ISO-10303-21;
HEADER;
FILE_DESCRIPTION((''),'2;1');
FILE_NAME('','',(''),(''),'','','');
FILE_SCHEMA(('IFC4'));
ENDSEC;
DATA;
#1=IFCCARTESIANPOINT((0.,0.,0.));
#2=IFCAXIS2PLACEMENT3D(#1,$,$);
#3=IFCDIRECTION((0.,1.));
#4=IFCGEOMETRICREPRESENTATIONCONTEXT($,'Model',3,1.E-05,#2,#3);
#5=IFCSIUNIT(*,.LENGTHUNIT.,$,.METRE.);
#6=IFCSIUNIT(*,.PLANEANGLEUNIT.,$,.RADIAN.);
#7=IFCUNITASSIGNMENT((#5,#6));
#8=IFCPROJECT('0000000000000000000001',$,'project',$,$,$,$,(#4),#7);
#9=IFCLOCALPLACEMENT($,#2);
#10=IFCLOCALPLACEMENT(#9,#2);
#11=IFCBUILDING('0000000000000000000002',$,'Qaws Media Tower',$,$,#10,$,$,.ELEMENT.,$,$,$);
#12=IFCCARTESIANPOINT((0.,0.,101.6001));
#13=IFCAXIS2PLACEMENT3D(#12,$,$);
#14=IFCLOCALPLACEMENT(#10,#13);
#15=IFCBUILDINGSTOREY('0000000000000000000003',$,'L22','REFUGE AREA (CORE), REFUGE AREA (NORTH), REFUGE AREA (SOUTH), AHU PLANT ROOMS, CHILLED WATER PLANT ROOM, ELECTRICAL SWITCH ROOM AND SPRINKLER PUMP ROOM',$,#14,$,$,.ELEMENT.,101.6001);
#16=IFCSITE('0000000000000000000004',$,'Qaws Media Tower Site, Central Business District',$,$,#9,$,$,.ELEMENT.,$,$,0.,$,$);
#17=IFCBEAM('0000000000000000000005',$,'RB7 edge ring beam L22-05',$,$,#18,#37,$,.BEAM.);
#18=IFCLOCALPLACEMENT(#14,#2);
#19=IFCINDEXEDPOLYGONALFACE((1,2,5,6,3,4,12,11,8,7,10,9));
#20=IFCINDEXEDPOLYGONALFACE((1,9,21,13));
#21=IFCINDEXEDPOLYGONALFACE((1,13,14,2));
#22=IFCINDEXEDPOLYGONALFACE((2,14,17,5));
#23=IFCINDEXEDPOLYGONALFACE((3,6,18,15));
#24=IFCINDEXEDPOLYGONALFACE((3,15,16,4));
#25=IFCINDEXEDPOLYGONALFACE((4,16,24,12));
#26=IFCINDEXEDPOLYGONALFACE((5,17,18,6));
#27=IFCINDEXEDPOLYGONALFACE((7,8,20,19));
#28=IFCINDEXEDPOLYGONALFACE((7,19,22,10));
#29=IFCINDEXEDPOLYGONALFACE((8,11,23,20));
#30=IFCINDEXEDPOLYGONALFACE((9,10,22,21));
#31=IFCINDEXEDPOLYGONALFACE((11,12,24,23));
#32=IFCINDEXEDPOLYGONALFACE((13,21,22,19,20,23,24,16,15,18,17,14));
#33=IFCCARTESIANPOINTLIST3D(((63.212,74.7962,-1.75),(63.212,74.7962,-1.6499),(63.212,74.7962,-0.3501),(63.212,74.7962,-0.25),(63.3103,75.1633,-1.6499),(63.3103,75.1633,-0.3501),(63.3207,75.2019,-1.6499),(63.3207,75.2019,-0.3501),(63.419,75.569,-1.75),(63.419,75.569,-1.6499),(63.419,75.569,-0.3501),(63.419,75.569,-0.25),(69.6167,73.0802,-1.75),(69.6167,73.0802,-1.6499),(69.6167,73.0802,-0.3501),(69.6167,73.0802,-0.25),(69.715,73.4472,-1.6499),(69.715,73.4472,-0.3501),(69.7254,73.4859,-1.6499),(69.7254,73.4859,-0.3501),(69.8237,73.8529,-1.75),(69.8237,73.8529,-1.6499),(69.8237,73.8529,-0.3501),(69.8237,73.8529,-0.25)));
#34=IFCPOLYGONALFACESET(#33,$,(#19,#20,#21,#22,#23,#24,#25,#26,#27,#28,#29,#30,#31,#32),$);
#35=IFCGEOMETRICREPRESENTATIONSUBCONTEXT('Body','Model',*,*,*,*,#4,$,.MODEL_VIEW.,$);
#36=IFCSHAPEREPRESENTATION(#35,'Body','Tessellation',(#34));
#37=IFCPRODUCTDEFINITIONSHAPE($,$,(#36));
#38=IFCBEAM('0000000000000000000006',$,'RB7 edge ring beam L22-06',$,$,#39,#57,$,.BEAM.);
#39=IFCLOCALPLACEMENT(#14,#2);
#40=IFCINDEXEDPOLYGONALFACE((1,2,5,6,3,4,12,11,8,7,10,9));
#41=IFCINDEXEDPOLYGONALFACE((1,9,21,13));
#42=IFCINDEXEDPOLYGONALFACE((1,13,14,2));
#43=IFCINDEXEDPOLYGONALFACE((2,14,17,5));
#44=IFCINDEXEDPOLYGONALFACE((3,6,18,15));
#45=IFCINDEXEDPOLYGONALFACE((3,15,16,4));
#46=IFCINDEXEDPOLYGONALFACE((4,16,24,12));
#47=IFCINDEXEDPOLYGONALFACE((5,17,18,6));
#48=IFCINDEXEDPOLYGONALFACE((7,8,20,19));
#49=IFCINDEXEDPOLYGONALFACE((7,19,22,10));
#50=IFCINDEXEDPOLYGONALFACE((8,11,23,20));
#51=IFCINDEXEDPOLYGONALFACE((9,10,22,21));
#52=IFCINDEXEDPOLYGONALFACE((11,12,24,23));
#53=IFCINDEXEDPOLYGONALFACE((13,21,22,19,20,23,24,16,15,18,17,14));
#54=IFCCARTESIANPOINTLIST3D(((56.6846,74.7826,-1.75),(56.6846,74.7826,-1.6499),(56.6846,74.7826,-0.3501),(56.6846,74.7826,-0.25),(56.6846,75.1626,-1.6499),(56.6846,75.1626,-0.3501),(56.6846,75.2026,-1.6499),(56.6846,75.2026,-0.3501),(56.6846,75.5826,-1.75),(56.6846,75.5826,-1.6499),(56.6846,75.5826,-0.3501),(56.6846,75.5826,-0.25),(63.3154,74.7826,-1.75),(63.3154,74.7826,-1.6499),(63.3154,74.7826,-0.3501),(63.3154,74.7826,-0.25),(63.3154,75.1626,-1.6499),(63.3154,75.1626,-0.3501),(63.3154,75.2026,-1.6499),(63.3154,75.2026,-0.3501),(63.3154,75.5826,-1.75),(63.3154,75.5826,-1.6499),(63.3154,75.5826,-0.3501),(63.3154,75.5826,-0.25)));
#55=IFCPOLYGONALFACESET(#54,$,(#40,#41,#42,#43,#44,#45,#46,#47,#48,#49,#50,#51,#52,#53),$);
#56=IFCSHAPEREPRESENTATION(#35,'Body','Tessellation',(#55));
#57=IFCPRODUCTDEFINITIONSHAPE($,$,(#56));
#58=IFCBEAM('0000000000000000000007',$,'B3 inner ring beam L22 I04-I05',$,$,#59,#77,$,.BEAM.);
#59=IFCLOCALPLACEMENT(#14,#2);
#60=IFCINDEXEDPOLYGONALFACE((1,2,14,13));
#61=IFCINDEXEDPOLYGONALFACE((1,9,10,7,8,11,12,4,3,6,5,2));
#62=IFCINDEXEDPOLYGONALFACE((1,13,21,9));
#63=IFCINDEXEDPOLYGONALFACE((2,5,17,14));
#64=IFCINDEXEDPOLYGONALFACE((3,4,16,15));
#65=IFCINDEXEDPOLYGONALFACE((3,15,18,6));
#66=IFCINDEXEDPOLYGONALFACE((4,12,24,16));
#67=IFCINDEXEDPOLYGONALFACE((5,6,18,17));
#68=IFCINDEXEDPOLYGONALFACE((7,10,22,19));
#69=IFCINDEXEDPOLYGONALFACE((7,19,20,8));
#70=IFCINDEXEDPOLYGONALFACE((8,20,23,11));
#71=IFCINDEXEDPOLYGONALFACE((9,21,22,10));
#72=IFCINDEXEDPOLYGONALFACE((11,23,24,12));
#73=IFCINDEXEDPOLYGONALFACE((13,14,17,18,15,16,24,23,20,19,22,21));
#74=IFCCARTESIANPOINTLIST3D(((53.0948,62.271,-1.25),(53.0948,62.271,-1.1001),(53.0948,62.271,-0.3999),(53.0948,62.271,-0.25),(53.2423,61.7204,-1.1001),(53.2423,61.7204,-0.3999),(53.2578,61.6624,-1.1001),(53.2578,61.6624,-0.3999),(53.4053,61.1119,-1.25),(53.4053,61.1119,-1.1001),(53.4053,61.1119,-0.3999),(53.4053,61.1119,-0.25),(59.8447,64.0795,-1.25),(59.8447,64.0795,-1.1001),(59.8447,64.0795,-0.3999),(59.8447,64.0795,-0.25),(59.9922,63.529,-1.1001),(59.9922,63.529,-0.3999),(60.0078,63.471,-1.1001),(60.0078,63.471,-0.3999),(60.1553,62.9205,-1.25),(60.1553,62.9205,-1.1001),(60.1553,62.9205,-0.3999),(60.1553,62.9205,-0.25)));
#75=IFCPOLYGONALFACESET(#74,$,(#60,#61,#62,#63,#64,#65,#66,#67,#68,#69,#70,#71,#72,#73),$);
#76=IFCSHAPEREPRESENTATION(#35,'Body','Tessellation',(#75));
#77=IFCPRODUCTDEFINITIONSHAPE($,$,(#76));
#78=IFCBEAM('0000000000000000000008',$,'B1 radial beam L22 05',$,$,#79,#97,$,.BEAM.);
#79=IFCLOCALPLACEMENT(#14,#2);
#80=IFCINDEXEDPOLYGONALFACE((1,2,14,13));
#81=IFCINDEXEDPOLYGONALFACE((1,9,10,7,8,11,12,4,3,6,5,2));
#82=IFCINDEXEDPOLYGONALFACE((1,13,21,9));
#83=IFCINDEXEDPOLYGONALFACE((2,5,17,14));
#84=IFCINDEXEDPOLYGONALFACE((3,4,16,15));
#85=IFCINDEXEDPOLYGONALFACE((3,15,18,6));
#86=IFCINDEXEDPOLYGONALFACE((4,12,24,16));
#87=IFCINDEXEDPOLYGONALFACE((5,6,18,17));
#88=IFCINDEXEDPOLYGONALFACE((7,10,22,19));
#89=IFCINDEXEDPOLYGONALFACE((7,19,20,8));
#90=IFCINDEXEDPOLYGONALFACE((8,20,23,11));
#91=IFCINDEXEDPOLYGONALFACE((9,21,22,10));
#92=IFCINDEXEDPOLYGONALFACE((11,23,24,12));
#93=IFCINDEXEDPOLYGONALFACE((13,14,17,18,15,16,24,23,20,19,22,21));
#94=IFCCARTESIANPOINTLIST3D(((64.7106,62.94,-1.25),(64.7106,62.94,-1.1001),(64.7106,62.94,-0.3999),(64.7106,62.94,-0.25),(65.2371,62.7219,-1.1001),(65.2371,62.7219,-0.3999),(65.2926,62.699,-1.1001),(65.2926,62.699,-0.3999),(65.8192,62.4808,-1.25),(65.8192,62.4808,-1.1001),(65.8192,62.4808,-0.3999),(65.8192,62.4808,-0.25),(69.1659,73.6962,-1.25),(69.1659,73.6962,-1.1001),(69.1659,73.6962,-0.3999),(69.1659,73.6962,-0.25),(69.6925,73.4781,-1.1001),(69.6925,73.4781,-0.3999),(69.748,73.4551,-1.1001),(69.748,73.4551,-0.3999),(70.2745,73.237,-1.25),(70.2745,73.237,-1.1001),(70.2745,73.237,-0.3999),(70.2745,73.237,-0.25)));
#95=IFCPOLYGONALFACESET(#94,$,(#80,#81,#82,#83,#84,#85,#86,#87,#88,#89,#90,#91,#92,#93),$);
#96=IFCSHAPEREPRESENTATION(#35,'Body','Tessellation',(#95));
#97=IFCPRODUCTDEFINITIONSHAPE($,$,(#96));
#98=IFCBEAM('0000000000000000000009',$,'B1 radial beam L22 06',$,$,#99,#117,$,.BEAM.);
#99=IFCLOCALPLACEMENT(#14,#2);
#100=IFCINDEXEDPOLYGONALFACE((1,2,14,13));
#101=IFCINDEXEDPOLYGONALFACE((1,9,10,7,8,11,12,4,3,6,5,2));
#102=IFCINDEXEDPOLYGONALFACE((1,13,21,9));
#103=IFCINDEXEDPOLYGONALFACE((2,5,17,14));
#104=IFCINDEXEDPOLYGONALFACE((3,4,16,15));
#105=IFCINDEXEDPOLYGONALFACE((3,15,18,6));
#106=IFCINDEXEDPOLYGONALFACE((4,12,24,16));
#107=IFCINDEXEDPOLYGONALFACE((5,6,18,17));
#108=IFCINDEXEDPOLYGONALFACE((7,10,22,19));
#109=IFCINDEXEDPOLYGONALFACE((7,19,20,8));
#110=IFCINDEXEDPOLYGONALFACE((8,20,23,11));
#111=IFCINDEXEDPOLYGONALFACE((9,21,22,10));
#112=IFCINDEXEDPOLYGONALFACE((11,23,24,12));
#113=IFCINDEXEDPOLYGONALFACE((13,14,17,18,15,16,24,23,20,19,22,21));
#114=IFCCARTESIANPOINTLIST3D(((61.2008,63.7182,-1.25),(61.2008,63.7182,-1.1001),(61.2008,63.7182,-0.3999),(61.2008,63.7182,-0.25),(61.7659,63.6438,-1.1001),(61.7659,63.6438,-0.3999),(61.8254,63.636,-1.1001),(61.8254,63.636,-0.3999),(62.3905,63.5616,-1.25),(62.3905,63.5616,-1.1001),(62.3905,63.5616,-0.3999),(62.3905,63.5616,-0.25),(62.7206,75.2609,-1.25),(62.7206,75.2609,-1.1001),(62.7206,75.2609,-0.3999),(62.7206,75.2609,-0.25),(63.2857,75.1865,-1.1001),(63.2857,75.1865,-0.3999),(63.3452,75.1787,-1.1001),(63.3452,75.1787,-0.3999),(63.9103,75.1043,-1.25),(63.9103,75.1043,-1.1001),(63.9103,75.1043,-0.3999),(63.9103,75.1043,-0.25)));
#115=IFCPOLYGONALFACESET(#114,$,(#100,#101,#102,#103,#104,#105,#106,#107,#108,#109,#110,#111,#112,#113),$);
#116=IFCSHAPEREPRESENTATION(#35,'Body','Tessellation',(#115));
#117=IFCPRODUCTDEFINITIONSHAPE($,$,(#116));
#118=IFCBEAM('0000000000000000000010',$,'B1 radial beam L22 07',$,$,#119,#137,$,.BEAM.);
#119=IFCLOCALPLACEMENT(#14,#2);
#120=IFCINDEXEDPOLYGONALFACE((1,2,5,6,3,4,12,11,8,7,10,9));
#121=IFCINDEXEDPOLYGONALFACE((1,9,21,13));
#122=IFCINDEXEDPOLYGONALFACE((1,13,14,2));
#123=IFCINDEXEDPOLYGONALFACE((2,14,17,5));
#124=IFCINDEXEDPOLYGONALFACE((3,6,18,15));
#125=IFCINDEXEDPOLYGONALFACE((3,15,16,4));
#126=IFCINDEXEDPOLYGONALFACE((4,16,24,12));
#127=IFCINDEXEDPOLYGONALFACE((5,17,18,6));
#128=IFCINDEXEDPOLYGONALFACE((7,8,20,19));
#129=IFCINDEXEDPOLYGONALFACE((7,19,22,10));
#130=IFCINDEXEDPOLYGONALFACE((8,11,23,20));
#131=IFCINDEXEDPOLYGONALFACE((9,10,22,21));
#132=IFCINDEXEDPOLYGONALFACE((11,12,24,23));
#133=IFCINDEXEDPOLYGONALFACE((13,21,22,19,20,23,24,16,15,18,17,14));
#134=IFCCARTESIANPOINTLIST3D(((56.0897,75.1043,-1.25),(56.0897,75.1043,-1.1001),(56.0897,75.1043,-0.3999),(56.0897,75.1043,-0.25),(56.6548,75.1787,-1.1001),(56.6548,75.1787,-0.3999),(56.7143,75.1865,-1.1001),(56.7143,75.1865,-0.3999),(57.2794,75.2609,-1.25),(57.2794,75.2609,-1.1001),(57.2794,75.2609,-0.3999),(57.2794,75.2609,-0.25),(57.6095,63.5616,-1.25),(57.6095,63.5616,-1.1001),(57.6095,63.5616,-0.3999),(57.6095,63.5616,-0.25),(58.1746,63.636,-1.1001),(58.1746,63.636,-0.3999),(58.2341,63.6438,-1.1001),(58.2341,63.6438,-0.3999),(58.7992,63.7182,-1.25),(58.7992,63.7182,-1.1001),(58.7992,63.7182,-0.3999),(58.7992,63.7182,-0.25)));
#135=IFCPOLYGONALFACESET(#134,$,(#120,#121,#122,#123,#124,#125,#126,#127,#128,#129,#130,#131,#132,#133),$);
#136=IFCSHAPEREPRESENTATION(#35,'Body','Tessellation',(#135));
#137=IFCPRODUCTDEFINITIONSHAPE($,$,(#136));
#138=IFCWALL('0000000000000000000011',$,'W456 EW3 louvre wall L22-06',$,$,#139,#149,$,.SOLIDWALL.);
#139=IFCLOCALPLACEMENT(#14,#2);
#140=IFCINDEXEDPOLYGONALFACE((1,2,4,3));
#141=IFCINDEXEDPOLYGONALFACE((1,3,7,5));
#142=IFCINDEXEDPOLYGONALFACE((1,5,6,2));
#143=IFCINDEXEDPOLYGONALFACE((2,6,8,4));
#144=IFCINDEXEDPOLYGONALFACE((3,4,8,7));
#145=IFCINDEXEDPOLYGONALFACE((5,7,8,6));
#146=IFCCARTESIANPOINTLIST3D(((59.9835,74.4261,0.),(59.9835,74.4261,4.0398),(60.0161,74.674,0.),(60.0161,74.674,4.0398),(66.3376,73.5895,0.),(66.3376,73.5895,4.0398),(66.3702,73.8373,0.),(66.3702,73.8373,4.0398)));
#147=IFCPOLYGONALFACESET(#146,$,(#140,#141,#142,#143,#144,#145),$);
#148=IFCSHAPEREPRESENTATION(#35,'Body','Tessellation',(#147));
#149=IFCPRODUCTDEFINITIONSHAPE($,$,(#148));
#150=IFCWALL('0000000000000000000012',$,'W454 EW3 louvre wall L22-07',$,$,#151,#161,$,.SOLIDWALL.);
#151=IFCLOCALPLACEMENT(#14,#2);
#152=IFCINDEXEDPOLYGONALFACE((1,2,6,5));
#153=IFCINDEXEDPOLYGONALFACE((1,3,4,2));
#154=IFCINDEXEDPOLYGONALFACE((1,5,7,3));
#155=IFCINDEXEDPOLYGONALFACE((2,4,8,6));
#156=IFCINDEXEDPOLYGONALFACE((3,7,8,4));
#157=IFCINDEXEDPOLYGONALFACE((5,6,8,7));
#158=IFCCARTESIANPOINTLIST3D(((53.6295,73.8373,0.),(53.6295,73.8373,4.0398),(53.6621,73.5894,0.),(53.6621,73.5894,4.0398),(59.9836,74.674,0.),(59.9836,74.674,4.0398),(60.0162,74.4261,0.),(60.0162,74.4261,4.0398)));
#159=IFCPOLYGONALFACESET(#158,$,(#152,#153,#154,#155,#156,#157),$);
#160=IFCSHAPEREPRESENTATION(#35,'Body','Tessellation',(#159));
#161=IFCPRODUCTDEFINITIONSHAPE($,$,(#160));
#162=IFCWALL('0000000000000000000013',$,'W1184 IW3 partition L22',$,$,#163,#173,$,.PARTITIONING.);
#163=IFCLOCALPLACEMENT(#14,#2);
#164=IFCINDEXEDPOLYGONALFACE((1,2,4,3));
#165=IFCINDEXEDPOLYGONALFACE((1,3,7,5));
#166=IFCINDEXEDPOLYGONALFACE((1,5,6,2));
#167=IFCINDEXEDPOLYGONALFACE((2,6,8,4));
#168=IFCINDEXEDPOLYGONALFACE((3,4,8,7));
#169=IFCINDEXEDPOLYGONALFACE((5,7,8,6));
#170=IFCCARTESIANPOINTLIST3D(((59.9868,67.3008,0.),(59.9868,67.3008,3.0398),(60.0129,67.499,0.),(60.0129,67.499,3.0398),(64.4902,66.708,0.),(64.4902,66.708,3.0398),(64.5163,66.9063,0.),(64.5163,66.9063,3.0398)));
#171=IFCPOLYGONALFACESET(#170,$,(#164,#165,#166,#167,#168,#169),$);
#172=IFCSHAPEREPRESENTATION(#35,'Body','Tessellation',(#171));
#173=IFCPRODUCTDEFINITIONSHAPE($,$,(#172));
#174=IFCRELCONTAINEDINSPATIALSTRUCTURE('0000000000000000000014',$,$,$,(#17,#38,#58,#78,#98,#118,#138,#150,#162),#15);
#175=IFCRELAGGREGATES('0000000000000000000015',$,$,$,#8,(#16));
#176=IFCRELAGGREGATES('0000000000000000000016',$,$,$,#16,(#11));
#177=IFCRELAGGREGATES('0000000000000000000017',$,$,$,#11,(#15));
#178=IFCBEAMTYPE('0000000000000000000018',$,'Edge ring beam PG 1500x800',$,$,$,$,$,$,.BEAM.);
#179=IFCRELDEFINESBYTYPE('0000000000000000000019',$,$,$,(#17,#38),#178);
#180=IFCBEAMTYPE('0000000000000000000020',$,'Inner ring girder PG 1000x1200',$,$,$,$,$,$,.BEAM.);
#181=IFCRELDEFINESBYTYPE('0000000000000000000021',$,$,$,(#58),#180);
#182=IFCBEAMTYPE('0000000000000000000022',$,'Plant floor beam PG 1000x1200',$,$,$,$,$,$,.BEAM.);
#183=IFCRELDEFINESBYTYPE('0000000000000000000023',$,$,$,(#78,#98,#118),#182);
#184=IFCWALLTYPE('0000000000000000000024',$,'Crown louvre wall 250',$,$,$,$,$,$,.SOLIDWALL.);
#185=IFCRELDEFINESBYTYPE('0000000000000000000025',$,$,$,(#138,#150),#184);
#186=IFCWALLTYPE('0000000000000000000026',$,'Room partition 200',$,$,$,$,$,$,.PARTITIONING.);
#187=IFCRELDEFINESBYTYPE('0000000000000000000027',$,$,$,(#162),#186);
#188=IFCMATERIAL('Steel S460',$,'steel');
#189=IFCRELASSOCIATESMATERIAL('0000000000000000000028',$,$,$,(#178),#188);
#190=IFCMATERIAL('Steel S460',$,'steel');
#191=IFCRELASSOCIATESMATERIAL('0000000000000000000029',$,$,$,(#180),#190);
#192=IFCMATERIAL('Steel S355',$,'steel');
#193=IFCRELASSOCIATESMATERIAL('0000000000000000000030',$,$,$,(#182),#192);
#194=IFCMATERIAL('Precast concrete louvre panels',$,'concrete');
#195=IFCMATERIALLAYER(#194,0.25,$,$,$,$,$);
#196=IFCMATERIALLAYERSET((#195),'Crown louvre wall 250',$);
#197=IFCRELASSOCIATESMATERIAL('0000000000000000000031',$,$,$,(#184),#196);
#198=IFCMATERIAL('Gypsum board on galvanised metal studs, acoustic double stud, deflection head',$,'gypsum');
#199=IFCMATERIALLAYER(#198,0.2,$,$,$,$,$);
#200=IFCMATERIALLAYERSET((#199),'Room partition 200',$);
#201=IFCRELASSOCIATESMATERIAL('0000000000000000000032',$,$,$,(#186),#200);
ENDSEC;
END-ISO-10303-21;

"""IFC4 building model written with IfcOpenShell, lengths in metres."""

from ifc_helpers import new_model, si_unit, direction, frame, frame_2d, origin, origin_2d, place, context, subcontext, project, spatial, rectangle, i_section, extrude, material, layer, layer_set, material_profile, profile_set, type_object, element, save


model = new_model("IFC4")

# Units and contexts
model_context = context("Model", 3, precision=1e-05, world=origin(), true_north=direction((0.0, 1.0)))
body_context = subcontext(model_context, "Body", "Model", "MODEL_VIEW")
ifc_project = project(units=[si_unit("LENGTHUNIT", "METRE"), si_unit("PLANEANGLEUNIT", "RADIAN")], contexts=[model_context])

# Site, building, storey
site_placement = place(None, origin())
site = spatial("IfcSite", under=ifc_project, at=site_placement, Name="Qaws Media Tower Site, Central Business District", CompositionType="ELEMENT", RefElevation=0.0)
building_placement = place(site_placement, origin())
building = spatial("IfcBuilding", under=site, at=building_placement, Name="Qaws Media Tower", CompositionType="ELEMENT")
storey_placement = place(building_placement, frame((0.0, 0.0, 101.6001)))
storey = spatial("IfcBuildingStorey", under=building, at=storey_placement, Name="L22", Description="REFUGE AREA (CORE), REFUGE AREA (NORTH), REFUGE AREA (SOUTH), AHU PLANT ROOMS, CHILLED WATER PLANT ROOM, ELECTRICAL SWITCH ROOM AND SPRINKLER PUMP ROOM", CompositionType="ELEMENT", Elevation=101.6001)

# Beams
ifc_material_1 = material(Name="Steel S460", Category="steel")
ifc_material_profile_1 = material_profile(ifc_material_1, i_section(OverallWidth=0.8, OverallDepth=1.5, WebThickness=0.04, FlangeThickness=0.1001, at=origin_2d()), Name="PG 1500x800")
ifc_profile_set_1 = profile_set([ifc_material_profile_1], Name="Steel S460")
beam_type_1 = type_object("IfcBeamType", Name="Edge ring beam PG 1500x800", PredefinedType="BEAM", material=ifc_profile_set_1)
beam_1_placement = place(storey_placement, frame((69.7202, 73.4666, -1.0), z_axis=(-0.965929, 0.258806, 0.0), x_axis=(-0.258806, -0.965929, 0.0)))
element("IfcBeam", 1, at=beam_1_placement, inside=storey, type_object=beam_type_1, Name="RB7 edge ring beam L22-05", PredefinedType="BEAM", context=body_context, shape_type="SweptSolid", body=[
    extrude(i_section(OverallWidth=0.8, OverallDepth=1.5, WebThickness=0.04, FlangeThickness=0.1001, at=origin_2d()), origin(), (0.0, 0.0, 1.0), 6.6306),
])
beam_2_placement = place(storey_placement, frame((63.3154, 75.1826, -1.0), z_axis=(-1.0, 0.0, 0.0), x_axis=(0.0, -1.0, 0.0)))
element("IfcBeam", 2, at=beam_2_placement, inside=storey, type_object=beam_type_1, Name="RB7 edge ring beam L22-06", PredefinedType="BEAM", context=body_context, shape_type="SweptSolid", body=[
    extrude(i_section(OverallWidth=0.8, OverallDepth=1.5, WebThickness=0.04, FlangeThickness=0.1001, at=origin_2d()), origin(), (0.0, 0.0, 1.0), 6.6309),
])
ifc_material_2 = material(Name="Steel S460", Category="steel")
ifc_material_profile_2 = material_profile(ifc_material_2, i_section(OverallWidth=1.2, OverallDepth=1.0, WebThickness=0.0601, FlangeThickness=0.1499, at=origin_2d()), Name="PG 1000x1200")
ifc_profile_set_2 = profile_set([ifc_material_profile_2], Name="Steel S460")
beam_type_2 = type_object("IfcBeamType", Name="Inner ring girder PG 1000x1200", PredefinedType="BEAM", material=ifc_profile_set_2)
beam_3_placement = place(storey_placement, frame((60.0, 63.5, -0.75), z_axis=(-0.965928, -0.258811, 0.0), x_axis=(0.258811, -0.965928, 0.0)))
element("IfcBeam", 3, at=beam_3_placement, inside=storey, type_object=beam_type_2, Name="B3 inner ring beam L22 I04-I05", PredefinedType="BEAM", context=body_context, shape_type="SweptSolid", body=[
    extrude(i_section(OverallWidth=1.2, OverallDepth=1.0, WebThickness=0.0601, FlangeThickness=0.1499, at=origin_2d()), origin(), (0.0, 0.0, 1.0), 6.988),
])
ifc_material_3 = material(Name="Steel S355", Category="steel")
ifc_material_profile_3 = material_profile(ifc_material_3, i_section(OverallWidth=1.2, OverallDepth=1.0, WebThickness=0.0601, FlangeThickness=0.1499, at=origin_2d()), Name="PG 1000x1200")
ifc_profile_set_3 = profile_set([ifc_material_profile_3], Name="Steel S355")
beam_type_3 = type_object("IfcBeamType", Name="Plant floor beam PG 1000x1200", PredefinedType="BEAM", material=ifc_profile_set_3)
for number, where, z_axis, x_axis, name in (
    (4, (65.2649, 62.7104, -0.75), (0.382683, 0.92388, 0.0), (-0.92388, 0.382683, 0.0), "B1 radial beam L22 05"),
    (5, (61.7957, 63.6399, -0.75), (0.130539, 0.991443, 0.0), (-0.991443, 0.130539, 0.0), "B1 radial beam L22 06"),
    (6, (58.2043, 63.6399, -0.75), (-0.130539, 0.991443, 0.0), (-0.991443, -0.130539, 0.0), "B1 radial beam L22 07"),
):
    element("IfcBeam", number, at=place(storey_placement, frame(where, z_axis=z_axis, x_axis=x_axis)), inside=storey, type_object=beam_type_3, Name=name, PredefinedType="BEAM", context=body_context, shape_type="SweptSolid", body=[
        extrude(i_section(OverallWidth=1.2, OverallDepth=1.0, WebThickness=0.0601, FlangeThickness=0.1499, at=origin_2d()), origin(), (0.0, 0.0, 1.0), 11.6423),
    ])

# Walls
ifc_material_4 = material(Name="Precast concrete louvre panels", Category="concrete")
ifc_layer_1 = layer(ifc_material_4, 0.25)
ifc_layer_set_1 = layer_set([ifc_layer_1], Name="Crown louvre wall 250")
wall_type_1 = type_object("IfcWallType", Name="Crown louvre wall 250", PredefinedType="SOLIDWALL", material=ifc_layer_set_1)
for number, where, z_axis, x_axis, name in (
    (7, (66.354, 73.7134, 0.0), (0.0, 0.0, 1.0), (-0.991442, 0.130549, 0.0), "W456 EW3 louvre wall L22-06"),
    (8, (60.0, 74.55, 0.0), (0.0, 0.0, 1.0), (-0.991442, -0.130549, 0.0), "W454 EW3 louvre wall L22-07"),
):
    element("IfcWall", number, at=place(storey_placement, frame(where, z_axis=z_axis, x_axis=x_axis)), inside=storey, type_object=wall_type_1, Name=name, PredefinedType="SOLIDWALL", context=body_context, shape_type="SweptSolid", body=[
        extrude(rectangle(XDim=6.4089, YDim=0.25, at=frame_2d((3.2046, 0.0))), origin(), (0.0, 0.0, 1.0), 4.0398),
    ])
ifc_material_5 = material(Name="Gypsum board on galvanised metal studs, acoustic double stud, deflection head", Category="gypsum")
ifc_layer_2 = layer(ifc_material_5, 0.2)
ifc_layer_set_2 = layer_set([ifc_layer_2], Name="Room partition 200")
wall_type_2 = type_object("IfcWallType", Name="Room partition 200", PredefinedType="PARTITIONING", material=ifc_layer_set_2)
wall_1_placement = place(storey_placement, frame((60.0, 67.3999, 0.0), z_axis=(0.0, 0.0, 1.0), x_axis=(0.991448, -0.130502, 0.0)))
element("IfcWall", 9, at=wall_1_placement, inside=storey, type_object=wall_type_2, Name="W1184 IW3 partition L22", PredefinedType="PARTITIONING", context=body_context, shape_type="SweptSolid", body=[
    extrude(rectangle(XDim=4.5422, YDim=0.2, at=frame_2d((2.271, 0.0))), origin(), (0.0, 0.0, 1.0), 3.0398),
])

save(model, "model.ifc")
